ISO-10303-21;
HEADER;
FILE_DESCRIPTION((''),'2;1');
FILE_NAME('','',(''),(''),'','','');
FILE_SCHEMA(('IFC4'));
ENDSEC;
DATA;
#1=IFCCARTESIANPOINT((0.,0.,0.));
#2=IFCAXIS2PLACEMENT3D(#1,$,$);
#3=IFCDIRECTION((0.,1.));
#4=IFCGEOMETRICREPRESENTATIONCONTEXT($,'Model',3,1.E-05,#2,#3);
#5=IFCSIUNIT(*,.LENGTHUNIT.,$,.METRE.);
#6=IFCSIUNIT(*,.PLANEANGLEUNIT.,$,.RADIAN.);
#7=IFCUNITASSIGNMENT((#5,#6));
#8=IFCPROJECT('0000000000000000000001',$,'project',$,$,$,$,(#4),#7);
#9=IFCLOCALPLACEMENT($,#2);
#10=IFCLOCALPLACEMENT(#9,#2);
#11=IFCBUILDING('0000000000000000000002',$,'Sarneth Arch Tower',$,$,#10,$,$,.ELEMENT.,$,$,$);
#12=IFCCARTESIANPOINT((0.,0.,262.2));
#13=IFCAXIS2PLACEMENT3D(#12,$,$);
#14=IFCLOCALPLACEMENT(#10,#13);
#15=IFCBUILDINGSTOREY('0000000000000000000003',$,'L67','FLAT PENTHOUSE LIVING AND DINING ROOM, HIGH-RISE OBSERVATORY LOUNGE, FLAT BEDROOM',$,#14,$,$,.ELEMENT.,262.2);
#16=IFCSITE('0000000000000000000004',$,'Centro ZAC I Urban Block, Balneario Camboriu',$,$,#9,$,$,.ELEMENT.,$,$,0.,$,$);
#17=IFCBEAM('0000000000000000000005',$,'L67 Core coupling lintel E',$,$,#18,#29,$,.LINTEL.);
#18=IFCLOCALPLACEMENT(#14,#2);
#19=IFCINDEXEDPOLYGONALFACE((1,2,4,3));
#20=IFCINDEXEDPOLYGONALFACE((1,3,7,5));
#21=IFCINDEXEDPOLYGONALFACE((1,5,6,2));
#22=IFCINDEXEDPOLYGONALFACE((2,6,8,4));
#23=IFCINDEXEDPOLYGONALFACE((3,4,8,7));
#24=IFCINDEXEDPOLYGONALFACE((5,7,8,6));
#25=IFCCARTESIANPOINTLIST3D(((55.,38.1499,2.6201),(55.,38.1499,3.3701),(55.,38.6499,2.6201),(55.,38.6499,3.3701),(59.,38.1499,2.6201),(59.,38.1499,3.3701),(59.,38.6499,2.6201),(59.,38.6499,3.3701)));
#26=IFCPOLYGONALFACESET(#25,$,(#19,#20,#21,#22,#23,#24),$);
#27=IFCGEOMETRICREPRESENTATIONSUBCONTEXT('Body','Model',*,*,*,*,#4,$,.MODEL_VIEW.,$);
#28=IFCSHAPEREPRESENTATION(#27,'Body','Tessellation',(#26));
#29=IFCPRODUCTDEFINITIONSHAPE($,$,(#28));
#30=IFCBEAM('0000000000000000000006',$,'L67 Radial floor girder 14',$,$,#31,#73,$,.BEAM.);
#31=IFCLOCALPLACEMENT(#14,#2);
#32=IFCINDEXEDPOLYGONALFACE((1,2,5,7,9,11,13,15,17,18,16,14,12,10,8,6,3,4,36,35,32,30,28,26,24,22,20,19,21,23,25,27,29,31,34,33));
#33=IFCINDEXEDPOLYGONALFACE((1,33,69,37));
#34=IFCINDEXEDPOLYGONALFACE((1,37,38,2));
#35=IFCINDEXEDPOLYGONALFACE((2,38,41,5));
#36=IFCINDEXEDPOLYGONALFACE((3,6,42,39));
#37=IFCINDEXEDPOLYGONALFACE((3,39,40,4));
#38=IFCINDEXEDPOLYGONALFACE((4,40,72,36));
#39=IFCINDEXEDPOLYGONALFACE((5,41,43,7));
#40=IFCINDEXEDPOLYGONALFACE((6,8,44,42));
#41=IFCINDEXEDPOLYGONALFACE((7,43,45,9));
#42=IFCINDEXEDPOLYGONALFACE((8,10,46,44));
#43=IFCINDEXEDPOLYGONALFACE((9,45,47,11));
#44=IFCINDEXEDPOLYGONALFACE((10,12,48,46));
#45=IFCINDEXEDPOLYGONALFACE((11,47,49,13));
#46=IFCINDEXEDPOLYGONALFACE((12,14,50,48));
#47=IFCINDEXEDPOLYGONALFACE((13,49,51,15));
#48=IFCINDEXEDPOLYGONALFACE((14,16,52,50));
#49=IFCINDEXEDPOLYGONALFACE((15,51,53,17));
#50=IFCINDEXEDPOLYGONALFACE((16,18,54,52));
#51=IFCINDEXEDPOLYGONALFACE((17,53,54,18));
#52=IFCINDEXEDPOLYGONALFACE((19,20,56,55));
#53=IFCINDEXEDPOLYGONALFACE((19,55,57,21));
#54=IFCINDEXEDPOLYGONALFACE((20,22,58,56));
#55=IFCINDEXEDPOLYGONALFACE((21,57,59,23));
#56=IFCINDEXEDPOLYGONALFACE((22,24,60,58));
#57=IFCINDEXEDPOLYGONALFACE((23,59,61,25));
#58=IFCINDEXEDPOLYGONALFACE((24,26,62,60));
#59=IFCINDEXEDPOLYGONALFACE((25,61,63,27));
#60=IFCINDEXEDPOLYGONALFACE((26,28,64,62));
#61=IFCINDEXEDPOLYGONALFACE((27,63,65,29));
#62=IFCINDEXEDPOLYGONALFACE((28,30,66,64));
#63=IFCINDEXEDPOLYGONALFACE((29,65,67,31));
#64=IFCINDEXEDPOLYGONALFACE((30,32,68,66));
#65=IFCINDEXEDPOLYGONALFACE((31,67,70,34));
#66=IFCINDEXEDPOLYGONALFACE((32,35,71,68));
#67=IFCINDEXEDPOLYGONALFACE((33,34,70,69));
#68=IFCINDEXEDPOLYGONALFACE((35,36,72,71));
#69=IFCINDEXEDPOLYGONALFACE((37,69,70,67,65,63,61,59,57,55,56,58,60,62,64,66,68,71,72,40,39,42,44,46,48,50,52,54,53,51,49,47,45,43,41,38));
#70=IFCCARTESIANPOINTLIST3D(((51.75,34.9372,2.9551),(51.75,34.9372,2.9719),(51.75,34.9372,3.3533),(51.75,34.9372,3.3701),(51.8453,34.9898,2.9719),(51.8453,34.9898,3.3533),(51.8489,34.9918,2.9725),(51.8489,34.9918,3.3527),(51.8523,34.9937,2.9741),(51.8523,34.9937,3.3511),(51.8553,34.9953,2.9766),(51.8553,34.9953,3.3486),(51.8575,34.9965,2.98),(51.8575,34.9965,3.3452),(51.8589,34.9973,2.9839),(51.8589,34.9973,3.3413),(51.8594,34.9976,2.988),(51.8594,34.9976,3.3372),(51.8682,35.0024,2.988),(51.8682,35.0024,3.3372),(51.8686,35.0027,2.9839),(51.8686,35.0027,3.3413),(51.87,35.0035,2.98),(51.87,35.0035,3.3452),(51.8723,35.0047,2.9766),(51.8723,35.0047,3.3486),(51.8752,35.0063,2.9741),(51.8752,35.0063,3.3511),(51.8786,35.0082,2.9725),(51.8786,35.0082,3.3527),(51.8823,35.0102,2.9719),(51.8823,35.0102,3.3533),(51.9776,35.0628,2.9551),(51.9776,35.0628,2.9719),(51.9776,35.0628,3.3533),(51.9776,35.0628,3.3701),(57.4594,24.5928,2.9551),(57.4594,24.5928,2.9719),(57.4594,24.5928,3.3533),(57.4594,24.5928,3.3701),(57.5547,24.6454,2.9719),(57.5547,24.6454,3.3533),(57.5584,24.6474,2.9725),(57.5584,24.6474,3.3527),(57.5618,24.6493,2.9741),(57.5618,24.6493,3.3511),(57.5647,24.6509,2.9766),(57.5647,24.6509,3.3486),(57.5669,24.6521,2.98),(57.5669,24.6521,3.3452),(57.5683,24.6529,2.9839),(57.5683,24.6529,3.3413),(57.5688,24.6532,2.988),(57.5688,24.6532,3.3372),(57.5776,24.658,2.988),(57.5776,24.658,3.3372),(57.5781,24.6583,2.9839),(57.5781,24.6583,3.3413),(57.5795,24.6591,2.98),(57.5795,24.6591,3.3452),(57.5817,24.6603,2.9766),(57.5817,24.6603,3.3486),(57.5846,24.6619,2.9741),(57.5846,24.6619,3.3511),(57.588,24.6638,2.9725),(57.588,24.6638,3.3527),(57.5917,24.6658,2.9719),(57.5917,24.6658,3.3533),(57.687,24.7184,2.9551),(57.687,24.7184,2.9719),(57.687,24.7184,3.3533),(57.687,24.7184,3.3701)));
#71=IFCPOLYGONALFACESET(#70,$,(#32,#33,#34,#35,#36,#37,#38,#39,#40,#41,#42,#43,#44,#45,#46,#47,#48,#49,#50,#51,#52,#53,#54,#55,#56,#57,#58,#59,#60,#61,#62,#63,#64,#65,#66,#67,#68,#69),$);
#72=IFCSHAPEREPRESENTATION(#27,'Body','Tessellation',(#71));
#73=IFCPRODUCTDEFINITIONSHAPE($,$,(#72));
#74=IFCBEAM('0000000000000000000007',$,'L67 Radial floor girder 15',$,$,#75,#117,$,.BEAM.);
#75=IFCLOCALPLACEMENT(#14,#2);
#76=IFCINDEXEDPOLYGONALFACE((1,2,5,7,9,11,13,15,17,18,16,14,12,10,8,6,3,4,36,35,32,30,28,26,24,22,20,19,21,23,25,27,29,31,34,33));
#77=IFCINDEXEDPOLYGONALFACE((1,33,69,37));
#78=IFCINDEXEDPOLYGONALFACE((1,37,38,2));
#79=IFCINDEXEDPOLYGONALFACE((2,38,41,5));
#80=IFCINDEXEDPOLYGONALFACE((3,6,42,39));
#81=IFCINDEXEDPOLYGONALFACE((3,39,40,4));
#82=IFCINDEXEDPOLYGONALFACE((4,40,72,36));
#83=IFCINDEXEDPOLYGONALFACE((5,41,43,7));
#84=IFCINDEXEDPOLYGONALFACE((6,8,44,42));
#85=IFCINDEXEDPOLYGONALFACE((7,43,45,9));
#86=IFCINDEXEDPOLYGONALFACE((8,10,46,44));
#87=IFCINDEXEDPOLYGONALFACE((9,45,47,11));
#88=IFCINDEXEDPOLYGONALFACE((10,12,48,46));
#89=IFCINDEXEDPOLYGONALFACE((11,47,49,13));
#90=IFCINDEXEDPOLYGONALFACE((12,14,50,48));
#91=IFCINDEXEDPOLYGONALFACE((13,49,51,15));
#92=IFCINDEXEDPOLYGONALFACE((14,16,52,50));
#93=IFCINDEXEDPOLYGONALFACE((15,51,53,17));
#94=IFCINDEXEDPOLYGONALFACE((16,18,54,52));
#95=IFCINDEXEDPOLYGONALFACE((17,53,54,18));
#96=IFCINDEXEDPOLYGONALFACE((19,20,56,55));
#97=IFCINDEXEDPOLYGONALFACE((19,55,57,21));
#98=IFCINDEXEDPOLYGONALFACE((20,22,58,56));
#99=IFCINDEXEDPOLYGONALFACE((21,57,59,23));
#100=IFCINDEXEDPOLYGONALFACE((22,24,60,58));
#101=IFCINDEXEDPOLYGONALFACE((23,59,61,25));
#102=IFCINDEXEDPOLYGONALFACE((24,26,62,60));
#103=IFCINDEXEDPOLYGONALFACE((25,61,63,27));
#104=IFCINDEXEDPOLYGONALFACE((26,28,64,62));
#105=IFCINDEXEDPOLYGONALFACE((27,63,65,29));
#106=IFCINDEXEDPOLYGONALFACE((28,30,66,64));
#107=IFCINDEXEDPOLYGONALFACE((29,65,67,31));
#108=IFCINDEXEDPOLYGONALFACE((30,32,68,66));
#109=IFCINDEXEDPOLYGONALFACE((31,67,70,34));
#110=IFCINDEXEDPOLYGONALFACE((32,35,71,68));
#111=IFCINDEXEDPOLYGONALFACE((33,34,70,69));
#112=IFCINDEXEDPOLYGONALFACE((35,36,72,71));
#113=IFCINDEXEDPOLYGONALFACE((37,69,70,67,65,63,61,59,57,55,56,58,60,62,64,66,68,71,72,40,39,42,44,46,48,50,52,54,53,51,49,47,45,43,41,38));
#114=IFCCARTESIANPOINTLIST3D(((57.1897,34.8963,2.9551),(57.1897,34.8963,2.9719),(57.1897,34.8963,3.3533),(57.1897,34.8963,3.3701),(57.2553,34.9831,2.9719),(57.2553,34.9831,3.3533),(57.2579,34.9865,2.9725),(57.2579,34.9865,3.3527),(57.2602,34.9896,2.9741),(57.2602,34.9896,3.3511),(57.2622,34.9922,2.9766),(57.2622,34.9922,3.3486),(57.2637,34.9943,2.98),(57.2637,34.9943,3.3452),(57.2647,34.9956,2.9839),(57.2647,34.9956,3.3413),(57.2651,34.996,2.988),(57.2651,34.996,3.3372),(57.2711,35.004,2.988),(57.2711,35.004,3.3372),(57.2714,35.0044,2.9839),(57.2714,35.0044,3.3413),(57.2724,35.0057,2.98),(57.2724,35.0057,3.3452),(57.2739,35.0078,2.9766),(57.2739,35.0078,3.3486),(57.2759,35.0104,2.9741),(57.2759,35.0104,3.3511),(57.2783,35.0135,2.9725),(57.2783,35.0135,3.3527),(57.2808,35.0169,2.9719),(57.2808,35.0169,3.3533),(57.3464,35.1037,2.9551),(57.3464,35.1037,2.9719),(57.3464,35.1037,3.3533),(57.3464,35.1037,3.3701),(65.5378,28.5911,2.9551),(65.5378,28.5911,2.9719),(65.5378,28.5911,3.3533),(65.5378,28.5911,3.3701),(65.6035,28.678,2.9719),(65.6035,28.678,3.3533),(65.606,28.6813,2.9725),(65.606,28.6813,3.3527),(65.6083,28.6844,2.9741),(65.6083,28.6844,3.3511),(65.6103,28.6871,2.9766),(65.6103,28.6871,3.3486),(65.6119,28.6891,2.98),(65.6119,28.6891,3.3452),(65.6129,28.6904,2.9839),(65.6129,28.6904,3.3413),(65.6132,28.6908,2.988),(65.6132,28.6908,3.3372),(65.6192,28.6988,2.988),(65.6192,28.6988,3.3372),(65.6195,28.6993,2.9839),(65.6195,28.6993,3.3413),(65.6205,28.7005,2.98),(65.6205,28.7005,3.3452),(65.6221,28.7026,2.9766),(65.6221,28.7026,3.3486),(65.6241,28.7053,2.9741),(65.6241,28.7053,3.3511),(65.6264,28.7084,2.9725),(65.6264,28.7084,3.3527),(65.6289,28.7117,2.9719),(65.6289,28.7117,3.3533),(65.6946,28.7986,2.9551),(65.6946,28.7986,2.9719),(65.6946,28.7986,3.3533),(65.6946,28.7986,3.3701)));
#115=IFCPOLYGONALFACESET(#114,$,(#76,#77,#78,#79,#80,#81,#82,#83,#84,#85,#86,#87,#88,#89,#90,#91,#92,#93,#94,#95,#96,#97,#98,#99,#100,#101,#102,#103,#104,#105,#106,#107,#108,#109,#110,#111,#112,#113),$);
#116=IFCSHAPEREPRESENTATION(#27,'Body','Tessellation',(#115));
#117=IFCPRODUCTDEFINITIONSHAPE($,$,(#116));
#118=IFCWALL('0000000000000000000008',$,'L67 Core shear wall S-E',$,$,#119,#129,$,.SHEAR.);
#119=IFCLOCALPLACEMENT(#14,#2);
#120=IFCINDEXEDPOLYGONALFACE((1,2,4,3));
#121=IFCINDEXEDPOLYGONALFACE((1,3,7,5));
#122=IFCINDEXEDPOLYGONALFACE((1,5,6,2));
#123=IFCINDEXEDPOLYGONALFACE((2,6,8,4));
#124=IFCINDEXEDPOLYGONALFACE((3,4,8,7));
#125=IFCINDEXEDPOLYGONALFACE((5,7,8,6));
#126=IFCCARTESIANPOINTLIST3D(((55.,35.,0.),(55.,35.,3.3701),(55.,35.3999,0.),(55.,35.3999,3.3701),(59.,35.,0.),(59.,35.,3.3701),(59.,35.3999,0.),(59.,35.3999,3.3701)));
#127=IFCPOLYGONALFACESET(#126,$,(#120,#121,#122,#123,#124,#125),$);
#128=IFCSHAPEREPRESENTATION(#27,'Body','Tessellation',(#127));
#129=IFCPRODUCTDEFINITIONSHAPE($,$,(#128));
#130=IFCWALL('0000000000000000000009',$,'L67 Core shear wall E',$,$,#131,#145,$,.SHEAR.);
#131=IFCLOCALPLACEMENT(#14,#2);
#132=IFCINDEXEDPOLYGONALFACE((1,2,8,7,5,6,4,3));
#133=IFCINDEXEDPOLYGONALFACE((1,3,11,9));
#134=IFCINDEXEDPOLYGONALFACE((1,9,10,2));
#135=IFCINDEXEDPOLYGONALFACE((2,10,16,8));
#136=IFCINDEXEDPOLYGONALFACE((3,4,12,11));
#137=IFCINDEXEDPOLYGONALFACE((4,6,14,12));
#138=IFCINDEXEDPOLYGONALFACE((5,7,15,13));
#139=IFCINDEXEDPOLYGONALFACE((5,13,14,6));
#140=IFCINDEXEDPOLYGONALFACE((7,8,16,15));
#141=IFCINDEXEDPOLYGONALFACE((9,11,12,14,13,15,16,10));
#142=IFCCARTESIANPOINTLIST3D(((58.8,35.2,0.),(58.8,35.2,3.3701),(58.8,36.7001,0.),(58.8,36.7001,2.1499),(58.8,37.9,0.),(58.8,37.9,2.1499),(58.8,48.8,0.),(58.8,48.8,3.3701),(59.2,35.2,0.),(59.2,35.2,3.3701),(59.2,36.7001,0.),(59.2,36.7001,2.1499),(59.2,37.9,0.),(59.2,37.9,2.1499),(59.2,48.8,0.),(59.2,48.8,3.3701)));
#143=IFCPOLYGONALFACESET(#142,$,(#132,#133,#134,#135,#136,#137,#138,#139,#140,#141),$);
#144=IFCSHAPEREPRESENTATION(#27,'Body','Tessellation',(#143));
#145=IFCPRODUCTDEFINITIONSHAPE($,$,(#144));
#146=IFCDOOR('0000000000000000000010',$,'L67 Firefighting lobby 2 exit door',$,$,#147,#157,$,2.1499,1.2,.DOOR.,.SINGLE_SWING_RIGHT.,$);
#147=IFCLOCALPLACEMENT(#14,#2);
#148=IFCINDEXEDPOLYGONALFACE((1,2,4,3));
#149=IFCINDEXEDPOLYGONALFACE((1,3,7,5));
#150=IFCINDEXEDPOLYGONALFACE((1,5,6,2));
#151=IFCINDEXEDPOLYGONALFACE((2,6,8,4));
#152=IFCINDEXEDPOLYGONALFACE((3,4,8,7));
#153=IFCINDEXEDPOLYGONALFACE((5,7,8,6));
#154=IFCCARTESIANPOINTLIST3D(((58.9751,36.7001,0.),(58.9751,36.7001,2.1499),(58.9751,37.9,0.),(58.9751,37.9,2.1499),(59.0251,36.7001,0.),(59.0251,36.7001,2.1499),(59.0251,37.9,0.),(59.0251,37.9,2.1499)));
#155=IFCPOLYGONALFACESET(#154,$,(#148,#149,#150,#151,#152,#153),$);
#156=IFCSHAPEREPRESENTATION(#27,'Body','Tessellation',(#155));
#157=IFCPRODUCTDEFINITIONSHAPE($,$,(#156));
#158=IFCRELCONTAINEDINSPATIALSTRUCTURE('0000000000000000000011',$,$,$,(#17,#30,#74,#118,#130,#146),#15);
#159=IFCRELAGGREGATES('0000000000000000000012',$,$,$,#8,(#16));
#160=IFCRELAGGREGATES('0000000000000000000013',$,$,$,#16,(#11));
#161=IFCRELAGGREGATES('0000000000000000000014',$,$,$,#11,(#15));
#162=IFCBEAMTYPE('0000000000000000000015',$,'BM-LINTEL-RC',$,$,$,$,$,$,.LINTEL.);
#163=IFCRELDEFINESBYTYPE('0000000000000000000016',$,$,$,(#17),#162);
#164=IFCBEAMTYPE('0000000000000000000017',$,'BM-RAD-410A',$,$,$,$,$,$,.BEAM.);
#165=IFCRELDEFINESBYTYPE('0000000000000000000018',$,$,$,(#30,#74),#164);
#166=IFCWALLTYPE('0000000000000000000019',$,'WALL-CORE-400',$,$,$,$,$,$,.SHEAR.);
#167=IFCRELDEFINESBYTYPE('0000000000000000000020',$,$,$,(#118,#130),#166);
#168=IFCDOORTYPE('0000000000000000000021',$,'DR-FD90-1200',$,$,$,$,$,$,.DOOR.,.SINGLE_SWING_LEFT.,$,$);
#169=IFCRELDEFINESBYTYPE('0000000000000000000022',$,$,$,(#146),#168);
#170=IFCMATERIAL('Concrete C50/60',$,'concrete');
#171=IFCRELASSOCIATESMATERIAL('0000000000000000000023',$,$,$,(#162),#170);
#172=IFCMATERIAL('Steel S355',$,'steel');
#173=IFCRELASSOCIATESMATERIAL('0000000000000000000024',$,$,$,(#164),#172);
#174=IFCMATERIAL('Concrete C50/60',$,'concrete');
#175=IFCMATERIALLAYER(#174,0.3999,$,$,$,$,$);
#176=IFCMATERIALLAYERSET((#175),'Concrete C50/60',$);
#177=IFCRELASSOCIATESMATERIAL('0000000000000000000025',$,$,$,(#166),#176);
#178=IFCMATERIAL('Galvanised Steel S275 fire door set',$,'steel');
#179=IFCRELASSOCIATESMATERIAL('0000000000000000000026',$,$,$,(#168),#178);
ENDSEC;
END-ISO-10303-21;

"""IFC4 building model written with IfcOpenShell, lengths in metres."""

from ifc_helpers import new_model, si_unit, direction, frame, frame_2d, origin, origin_2d, place, context, subcontext, project, spatial, rectangle, i_section, extrude, material, layer, layer_set, material_profile, profile_set, type_object, element, fill, save


model = new_model("IFC4")

# Units and contexts
model_context = context("Model", 3, precision=1e-05, world=origin(), true_north=direction((0.0, 1.0)))
body_context = subcontext(model_context, "Body", "Model", "MODEL_VIEW")
ifc_project = project(units=[si_unit("LENGTHUNIT", "METRE"), si_unit("PLANEANGLEUNIT", "RADIAN")], contexts=[model_context])

# Site, building, storey
site_placement = place(None, origin())
site = spatial("IfcSite", under=ifc_project, at=site_placement, Name="Centro ZAC I Urban Block, Balneario Camboriu", CompositionType="ELEMENT", RefElevation=0.0)
building_placement = place(site_placement, origin())
building = spatial("IfcBuilding", under=site, at=building_placement, Name="Sarneth Arch Tower", CompositionType="ELEMENT")
storey_placement = place(building_placement, frame((0.0, 0.0, 262.2)))
storey = spatial("IfcBuildingStorey", under=building, at=storey_placement, Name="L67", Description="FLAT PENTHOUSE LIVING AND DINING ROOM, HIGH-RISE OBSERVATORY LOUNGE, FLAT BEDROOM", CompositionType="ELEMENT", Elevation=262.2)

# Beams
ifc_material_1 = material(Name="Concrete C50/60", Category="concrete")
ifc_material_profile_1 = material_profile(ifc_material_1, rectangle(XDim=0.5, YDim=0.75, at=origin_2d()), Name="RC-500x750")
ifc_profile_set_1 = profile_set([ifc_material_profile_1], Name="Concrete C50/60")
beam_type_1 = type_object("IfcBeamType", Name="BM-LINTEL-RC", PredefinedType="LINTEL", material=ifc_profile_set_1)
beam_1_placement = place(storey_placement, frame((55.0, 38.3999, 2.9951), z_axis=(1.0, 0.0, 0.0), x_axis=(0.0, 1.0, 0.0)))
element("IfcBeam", 1, at=beam_1_placement, inside=storey, type_object=beam_type_1, Name="L67 Core coupling lintel E", PredefinedType="LINTEL", context=body_context, shape_type="SweptSolid", body=[
    extrude(rectangle(XDim=0.5, YDim=0.75, at=origin_2d()), origin(), (0.0, 0.0, 1.0), 4.0),
])
ifc_material_2 = material(Name="Steel S355", Category="steel")
ifc_material_profile_2 = material_profile(ifc_material_2, i_section(OverallWidth=0.26, OverallDepth=0.415, WebThickness=0.01, FlangeThickness=0.0168, FilletRadius=0.0161, at=origin_2d()), Name="W410x100")
ifc_profile_set_2 = profile_set([ifc_material_profile_2], Name="Steel S355")
beam_type_2 = type_object("IfcBeamType", Name="BM-RAD-410A", PredefinedType="BEAM", material=ifc_profile_set_2)
beam_2_placement = place(storey_placement, frame((51.8638, 35.0, 3.1626), z_axis=(0.483218, -0.8755, 0.0), x_axis=(0.8755, 0.483218, 0.0)))
element("IfcBeam", 2, at=beam_2_placement, inside=storey, type_object=beam_type_2, Name="L67 Radial floor girder 14", PredefinedType="BEAM", context=body_context, shape_type="SweptSolid", body=[
    extrude(i_section(OverallWidth=0.26, OverallDepth=0.415, WebThickness=0.01, FlangeThickness=0.0168, FilletRadius=0.0161, at=origin_2d()), origin(), (0.0, 0.0, 1.0), 11.8154),
])
beam_3_placement = place(storey_placement, frame((57.2681, 35.0, 3.1626), z_axis=(0.797974, -0.602692, 0.0), x_axis=(0.602692, 0.797974, 0.0)))
element("IfcBeam", 3, at=beam_3_placement, inside=storey, type_object=beam_type_2, Name="L67 Radial floor girder 15", PredefinedType="BEAM", context=body_context, shape_type="SweptSolid", body=[
    extrude(i_section(OverallWidth=0.26, OverallDepth=0.415, WebThickness=0.01, FlangeThickness=0.0168, FilletRadius=0.0161, at=origin_2d()), origin(), (0.0, 0.0, 1.0), 10.4617),
])

# Wall
ifc_material_3 = material(Name="Concrete C50/60", Category="concrete")
ifc_layer_1 = layer(ifc_material_3, 0.3999)
ifc_layer_set_1 = layer_set([ifc_layer_1], Name="Concrete C50/60")
wall_type_1 = type_object("IfcWallType", Name="WALL-CORE-400", PredefinedType="SHEAR", material=ifc_layer_set_1)
wall_1_placement = place(storey_placement, frame((55.0, 35.2, 0.0), z_axis=(0.0, 0.0, 1.0), x_axis=(1.0, 0.0, 0.0)))
element("IfcWall", 4, at=wall_1_placement, inside=storey, type_object=wall_type_1, Name="L67 Core shear wall S-E", PredefinedType="SHEAR", context=body_context, shape_type="SweptSolid", body=[
    extrude(rectangle(XDim=4.0, YDim=0.3999, at=frame_2d((2.0, 0.0))), origin(), (0.0, 0.0, 1.0), 3.3701),
])

# Wall, opening, door
wall_2_placement = place(storey_placement, frame((59.0, 35.2, 0.0), z_axis=(0.0, 0.0, 1.0), x_axis=(0.0, 1.0, 0.0)))
wall_2 = element("IfcWall", 5, at=wall_2_placement, inside=storey, type_object=wall_type_1, Name="L67 Core shear wall E", PredefinedType="SHEAR", context=body_context, shape_type="SweptSolid", body=[
    extrude(rectangle(XDim=13.6001, YDim=0.3999, at=frame_2d((6.8, 0.0))), origin(), (0.0, 0.0, 1.0), 3.3701),
])
opening_1_placement = place(wall_2_placement, frame((1.5, 0.0, 0.0)))
opening_1 = element("IfcOpeningElement", 6, at=opening_1_placement, cuts=wall_2, PredefinedType="OPENING", context=body_context, shape_type="SweptSolid", body=[
    extrude(rectangle(XDim=1.2, YDim=2.1499, at=frame_2d((0.6001, 1.075))), frame((0.0, 0.21, 0.0), z_axis=(0.0, -1.0, 0.0), x_axis=(1.0, 0.0, 0.0)), (0.0, 0.0, 1.0), 0.4199),
])
ifc_material_4 = material(Name="Galvanised Steel S275 fire door set", Category="steel")
door_type_1 = type_object("IfcDoorType", Name="DR-FD90-1200", OperationType="SINGLE_SWING_LEFT", PredefinedType="DOOR", material=ifc_material_4)
door_1_placement = place(opening_1_placement, origin())
door_1 = element("IfcDoor", 7, at=door_1_placement, inside=storey, type_object=door_type_1, Name="L67 Firefighting lobby 2 exit door", OperationType="SINGLE_SWING_RIGHT", OverallHeight=2.1499, OverallWidth=1.2, PredefinedType="DOOR", context=body_context, shape_type="SweptSolid", body=[
    extrude(rectangle(XDim=1.2, YDim=2.1499, at=frame_2d((0.6001, 1.075))), frame((0.0, 0.0249, 0.0), z_axis=(0.0, -1.0, 0.0), x_axis=(1.0, 0.0, 0.0)), (0.0, 0.0, 1.0), 0.05),
])
fill(opening_1, door_1)

save(model, "model.ifc")
